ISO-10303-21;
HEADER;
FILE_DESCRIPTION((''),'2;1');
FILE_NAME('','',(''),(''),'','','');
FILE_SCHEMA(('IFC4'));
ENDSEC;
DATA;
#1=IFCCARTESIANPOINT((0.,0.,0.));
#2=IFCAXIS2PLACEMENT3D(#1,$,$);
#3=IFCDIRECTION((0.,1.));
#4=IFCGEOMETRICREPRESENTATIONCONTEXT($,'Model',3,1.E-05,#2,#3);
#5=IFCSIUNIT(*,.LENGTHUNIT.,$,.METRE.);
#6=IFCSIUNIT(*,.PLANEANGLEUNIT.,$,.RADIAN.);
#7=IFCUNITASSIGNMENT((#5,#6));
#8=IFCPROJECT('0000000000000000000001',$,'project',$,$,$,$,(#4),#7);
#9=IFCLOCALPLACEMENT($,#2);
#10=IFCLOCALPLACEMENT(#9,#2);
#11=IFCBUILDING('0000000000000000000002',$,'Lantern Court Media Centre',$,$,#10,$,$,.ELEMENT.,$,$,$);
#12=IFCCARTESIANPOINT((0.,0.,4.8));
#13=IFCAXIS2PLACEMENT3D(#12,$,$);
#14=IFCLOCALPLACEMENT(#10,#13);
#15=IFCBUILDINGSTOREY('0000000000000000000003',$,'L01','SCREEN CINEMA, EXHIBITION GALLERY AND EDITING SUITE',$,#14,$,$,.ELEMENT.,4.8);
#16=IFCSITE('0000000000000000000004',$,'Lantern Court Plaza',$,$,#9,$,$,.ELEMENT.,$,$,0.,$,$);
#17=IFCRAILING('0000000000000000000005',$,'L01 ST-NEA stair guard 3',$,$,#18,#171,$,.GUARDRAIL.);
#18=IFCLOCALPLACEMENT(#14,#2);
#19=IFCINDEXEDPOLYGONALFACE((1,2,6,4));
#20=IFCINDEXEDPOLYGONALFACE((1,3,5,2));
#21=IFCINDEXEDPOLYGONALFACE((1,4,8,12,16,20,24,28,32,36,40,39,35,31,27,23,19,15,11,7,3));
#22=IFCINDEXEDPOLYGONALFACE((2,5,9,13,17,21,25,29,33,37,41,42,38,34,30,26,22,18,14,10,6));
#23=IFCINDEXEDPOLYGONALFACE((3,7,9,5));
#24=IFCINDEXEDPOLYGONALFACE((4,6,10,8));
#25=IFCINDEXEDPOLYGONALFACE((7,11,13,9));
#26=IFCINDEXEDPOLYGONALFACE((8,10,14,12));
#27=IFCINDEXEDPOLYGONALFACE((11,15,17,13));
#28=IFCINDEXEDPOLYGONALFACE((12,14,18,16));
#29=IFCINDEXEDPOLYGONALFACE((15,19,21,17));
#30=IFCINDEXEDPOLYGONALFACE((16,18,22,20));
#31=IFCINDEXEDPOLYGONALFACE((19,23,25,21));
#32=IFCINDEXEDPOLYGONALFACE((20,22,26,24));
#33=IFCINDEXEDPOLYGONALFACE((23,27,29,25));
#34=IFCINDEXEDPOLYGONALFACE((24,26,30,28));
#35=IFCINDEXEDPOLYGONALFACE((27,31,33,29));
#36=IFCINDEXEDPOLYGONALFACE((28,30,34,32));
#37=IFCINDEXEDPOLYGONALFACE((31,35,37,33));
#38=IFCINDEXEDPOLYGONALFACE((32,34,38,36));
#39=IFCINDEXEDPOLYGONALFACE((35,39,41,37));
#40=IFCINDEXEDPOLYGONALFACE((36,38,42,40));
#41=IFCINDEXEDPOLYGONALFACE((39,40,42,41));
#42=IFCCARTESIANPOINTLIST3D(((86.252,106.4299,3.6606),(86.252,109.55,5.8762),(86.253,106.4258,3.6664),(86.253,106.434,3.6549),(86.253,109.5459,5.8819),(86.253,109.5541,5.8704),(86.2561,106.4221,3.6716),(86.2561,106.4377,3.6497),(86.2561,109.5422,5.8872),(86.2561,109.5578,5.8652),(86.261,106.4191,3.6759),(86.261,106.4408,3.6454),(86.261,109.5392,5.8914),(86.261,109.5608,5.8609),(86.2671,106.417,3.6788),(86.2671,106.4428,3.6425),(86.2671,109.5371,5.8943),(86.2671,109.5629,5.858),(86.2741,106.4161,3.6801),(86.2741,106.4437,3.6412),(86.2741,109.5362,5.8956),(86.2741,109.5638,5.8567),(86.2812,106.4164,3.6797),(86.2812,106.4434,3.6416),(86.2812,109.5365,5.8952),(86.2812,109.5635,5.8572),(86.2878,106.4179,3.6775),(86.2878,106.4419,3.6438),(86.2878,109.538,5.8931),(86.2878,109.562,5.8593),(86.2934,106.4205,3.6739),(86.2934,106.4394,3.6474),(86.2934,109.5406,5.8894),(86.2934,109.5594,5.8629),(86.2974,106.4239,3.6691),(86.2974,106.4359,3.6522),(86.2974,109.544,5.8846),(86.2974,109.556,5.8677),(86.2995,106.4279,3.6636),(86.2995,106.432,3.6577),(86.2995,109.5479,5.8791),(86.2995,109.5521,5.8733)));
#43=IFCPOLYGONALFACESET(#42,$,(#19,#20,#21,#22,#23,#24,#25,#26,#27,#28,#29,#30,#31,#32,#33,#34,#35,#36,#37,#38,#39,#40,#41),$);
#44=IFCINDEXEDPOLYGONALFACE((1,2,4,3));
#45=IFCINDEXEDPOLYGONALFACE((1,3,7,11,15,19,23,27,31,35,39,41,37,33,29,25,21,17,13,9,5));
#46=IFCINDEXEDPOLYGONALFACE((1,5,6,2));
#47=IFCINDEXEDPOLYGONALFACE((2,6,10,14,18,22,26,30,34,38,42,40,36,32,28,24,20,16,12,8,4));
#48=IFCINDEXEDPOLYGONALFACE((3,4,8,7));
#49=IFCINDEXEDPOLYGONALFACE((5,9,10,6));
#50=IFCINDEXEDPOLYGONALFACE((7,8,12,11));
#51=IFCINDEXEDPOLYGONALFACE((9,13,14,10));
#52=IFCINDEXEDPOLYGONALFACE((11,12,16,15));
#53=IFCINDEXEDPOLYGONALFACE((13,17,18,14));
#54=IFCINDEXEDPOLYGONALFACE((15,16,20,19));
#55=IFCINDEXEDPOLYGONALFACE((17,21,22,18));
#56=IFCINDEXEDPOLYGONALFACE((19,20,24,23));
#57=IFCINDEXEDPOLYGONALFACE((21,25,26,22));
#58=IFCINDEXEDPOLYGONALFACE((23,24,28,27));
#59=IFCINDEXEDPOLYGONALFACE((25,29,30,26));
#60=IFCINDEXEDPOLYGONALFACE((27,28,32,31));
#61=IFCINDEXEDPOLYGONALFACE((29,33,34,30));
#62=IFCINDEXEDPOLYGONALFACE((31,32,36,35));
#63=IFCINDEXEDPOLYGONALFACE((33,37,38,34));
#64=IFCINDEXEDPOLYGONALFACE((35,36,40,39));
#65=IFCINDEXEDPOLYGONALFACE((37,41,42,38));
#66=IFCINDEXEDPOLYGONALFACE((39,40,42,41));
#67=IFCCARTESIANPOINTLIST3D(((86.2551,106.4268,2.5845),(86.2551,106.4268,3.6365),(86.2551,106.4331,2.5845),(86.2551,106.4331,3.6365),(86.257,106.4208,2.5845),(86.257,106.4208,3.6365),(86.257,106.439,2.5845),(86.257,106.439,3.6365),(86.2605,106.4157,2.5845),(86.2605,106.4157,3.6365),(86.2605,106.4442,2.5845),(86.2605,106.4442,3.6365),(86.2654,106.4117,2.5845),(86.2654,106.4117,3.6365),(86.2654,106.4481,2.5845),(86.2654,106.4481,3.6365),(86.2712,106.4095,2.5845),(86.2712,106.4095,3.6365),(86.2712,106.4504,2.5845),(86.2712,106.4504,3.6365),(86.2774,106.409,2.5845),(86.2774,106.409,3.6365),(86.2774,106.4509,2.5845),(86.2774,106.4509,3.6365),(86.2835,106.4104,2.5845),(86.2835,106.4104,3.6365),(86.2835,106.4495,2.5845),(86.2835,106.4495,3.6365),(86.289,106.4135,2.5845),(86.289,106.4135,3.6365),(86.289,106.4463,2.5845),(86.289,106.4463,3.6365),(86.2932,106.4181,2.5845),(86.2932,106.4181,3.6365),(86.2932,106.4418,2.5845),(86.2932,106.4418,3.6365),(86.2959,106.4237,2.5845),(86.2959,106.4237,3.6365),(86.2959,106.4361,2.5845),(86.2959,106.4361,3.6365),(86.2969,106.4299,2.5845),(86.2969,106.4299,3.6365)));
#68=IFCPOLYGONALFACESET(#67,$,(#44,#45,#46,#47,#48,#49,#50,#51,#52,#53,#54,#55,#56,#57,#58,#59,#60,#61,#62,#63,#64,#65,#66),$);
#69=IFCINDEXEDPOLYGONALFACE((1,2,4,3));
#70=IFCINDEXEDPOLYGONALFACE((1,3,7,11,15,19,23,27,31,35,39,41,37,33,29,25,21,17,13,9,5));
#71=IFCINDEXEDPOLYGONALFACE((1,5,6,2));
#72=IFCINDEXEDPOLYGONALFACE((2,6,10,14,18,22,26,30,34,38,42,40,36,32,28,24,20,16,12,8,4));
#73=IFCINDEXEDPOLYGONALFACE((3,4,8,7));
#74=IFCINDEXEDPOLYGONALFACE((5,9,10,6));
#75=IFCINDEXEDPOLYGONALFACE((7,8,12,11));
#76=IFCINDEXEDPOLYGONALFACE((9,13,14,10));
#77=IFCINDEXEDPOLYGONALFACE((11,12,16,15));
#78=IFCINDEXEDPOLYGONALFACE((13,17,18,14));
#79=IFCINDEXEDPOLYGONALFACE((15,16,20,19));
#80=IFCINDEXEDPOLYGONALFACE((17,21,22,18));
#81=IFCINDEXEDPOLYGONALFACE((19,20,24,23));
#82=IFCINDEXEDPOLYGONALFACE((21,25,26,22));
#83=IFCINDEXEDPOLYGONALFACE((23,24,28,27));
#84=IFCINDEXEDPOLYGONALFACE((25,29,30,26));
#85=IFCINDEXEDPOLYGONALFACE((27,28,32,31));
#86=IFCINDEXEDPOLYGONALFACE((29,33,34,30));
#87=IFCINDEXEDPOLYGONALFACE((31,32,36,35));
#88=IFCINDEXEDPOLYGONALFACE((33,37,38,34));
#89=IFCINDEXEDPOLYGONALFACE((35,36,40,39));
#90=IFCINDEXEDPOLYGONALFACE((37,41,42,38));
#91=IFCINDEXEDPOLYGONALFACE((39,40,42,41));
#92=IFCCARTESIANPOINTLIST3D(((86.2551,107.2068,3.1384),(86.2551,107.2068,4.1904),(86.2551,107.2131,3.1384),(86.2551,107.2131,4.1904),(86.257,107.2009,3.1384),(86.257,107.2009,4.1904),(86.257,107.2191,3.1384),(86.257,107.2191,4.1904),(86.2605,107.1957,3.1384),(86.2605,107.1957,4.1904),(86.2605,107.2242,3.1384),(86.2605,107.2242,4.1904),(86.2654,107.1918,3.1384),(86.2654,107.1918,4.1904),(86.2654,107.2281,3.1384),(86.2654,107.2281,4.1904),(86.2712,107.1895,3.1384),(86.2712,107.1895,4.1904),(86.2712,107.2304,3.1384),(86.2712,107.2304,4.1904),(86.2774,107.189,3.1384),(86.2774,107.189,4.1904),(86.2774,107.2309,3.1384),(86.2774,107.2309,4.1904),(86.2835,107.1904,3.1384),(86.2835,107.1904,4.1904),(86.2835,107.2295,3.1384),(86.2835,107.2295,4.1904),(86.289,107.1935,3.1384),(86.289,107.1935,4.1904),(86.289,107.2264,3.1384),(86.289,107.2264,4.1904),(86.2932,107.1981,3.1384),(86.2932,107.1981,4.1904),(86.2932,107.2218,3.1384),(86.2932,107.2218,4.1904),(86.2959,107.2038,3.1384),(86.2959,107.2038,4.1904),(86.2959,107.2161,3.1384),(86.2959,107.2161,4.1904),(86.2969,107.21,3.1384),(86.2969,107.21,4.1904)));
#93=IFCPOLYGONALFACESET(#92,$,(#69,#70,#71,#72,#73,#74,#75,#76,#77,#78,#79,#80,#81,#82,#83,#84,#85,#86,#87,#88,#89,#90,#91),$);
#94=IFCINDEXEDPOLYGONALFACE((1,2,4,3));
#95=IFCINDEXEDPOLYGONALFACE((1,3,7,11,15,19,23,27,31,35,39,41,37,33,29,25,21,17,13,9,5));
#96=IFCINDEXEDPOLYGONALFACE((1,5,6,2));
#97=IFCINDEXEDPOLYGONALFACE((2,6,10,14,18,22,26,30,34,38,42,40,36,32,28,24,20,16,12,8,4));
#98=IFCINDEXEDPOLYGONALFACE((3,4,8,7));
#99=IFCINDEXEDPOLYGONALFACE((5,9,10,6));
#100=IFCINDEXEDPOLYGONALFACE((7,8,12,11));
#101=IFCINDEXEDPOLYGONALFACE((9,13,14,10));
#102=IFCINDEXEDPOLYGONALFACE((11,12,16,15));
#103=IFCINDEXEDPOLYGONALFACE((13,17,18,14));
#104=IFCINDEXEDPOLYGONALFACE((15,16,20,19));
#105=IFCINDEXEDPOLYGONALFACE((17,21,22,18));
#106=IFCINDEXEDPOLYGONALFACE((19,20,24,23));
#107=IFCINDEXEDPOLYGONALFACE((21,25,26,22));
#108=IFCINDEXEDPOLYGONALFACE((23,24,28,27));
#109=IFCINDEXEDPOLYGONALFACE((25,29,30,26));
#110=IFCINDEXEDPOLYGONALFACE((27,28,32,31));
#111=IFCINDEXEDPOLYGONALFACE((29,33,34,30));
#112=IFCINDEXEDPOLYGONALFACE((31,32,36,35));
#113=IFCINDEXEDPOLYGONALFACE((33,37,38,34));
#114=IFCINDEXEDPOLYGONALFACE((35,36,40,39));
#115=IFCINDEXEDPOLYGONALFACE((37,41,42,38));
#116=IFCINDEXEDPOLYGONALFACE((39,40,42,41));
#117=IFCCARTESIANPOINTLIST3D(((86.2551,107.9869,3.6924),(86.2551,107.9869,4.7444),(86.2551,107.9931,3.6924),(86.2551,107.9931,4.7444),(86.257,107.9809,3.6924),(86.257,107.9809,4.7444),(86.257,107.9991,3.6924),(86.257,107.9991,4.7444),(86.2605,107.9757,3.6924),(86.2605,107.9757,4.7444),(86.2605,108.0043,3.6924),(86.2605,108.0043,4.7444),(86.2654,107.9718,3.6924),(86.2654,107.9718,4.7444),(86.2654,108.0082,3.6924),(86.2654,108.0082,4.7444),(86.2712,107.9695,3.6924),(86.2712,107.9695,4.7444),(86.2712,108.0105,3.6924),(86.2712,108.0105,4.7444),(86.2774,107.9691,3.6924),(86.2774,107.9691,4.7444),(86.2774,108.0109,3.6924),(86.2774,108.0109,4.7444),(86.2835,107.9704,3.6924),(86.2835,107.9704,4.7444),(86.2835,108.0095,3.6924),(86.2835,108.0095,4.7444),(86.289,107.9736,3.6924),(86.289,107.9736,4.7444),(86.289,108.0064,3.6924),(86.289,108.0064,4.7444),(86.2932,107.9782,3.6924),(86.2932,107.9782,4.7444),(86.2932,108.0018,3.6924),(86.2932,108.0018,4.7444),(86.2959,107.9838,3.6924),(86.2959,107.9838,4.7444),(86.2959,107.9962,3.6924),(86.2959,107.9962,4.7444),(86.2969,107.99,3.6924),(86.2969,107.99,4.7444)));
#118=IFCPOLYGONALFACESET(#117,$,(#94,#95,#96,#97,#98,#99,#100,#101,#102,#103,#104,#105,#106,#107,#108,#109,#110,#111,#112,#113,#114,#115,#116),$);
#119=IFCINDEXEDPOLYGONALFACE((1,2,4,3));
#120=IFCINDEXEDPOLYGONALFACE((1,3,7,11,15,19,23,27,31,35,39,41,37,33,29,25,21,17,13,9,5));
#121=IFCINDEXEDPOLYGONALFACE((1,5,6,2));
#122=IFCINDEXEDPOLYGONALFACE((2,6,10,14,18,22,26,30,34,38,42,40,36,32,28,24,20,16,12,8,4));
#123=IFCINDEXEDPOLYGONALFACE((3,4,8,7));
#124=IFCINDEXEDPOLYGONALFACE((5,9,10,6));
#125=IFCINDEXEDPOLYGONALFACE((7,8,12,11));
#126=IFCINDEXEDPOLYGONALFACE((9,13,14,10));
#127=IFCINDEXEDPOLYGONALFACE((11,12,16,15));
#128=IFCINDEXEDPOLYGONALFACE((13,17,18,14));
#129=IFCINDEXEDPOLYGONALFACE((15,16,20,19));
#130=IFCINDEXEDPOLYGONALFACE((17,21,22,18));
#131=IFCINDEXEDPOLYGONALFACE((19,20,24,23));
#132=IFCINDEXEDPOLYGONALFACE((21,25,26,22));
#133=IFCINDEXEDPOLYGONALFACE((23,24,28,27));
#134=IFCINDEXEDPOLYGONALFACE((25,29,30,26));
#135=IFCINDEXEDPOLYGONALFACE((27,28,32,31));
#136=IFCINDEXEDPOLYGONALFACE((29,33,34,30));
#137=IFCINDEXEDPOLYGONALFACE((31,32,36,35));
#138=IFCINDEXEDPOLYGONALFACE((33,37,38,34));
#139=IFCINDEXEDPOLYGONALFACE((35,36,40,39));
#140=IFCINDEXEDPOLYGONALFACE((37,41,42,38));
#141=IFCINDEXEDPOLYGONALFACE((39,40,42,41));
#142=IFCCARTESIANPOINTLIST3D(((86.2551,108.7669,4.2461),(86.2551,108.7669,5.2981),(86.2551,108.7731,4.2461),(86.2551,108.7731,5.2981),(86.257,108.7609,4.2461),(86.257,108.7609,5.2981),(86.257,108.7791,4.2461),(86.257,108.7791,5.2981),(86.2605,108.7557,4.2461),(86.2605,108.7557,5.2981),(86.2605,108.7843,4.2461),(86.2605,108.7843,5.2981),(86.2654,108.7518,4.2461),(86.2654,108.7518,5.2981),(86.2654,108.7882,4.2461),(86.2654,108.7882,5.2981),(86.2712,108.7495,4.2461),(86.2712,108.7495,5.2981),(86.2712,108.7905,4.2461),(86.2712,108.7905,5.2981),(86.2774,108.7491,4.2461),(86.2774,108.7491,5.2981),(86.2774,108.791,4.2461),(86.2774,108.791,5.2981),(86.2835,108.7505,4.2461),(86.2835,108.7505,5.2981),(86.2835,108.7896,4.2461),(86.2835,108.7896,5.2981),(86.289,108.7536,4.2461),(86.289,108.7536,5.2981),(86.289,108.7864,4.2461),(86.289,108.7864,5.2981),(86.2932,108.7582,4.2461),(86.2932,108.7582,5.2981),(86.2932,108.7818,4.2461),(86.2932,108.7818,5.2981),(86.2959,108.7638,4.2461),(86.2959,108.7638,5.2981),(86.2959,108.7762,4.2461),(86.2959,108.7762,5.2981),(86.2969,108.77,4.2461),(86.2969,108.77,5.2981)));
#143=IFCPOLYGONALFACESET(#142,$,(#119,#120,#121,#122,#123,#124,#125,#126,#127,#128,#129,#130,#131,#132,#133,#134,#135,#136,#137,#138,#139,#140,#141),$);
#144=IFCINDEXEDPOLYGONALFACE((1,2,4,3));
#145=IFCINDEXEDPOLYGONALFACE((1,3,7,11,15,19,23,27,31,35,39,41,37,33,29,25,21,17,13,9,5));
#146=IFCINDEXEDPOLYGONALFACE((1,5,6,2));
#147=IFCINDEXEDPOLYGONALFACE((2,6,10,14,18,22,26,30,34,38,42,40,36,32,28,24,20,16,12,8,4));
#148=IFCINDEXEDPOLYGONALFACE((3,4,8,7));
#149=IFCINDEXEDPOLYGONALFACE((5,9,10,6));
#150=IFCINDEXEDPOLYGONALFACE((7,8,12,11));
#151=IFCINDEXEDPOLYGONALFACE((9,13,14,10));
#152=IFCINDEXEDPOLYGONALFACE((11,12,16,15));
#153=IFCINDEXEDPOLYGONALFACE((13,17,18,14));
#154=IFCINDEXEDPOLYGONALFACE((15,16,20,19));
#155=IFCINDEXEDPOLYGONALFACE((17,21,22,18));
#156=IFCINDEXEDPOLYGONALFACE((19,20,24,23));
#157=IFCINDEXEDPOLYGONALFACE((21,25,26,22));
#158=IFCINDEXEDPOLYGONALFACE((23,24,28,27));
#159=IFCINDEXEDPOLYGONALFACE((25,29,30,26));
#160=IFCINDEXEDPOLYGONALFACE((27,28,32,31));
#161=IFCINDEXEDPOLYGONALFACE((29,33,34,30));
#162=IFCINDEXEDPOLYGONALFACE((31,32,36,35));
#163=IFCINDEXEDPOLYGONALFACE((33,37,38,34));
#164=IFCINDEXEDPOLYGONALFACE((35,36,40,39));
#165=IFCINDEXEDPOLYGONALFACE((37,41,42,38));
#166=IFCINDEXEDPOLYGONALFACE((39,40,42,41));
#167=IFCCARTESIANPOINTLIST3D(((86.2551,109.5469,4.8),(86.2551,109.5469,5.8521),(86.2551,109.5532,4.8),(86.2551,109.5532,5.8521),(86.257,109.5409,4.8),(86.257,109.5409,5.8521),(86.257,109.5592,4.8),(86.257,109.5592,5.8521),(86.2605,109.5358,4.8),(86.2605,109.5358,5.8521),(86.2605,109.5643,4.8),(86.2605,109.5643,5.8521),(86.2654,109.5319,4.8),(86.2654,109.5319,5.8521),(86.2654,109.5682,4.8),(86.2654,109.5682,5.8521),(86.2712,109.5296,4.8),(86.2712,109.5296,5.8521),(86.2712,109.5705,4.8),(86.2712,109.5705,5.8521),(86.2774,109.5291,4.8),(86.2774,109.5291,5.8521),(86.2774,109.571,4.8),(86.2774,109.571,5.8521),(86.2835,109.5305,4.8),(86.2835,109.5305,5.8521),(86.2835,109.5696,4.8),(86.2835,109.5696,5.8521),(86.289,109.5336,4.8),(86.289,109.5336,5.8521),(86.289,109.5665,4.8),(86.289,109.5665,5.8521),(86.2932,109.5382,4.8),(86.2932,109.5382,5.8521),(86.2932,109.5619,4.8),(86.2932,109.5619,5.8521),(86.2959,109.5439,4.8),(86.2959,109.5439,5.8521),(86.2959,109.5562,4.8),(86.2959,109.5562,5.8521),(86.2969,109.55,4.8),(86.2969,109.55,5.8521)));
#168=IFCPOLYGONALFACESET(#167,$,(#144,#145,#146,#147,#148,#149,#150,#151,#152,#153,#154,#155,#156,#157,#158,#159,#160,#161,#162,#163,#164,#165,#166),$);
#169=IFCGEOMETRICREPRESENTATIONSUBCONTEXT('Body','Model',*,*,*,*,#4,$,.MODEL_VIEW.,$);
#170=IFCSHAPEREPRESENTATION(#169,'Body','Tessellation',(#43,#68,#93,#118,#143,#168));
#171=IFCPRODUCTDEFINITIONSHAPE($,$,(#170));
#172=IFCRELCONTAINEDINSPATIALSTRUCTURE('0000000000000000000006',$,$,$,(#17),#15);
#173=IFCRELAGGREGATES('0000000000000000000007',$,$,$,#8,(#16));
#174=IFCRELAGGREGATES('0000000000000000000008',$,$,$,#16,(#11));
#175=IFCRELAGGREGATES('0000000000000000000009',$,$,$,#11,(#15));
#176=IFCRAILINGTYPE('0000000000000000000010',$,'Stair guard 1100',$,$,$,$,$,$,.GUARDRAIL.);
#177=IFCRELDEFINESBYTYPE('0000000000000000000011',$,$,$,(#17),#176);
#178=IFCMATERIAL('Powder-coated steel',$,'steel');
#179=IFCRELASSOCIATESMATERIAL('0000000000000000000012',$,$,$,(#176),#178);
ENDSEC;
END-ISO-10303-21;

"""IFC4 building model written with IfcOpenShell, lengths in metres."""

from ifc_helpers import new_model, si_unit, direction, frame, origin, origin_2d, place, context, subcontext, project, spatial, circle, extrude, material, type_object, element, save


model = new_model("IFC4")

# Units and contexts
model_context = context("Model", 3, precision=1e-05, world=origin(), true_north=direction((0.0, 1.0)))
body_context = subcontext(model_context, "Body", "Model", "MODEL_VIEW")
ifc_project = project(units=[si_unit("LENGTHUNIT", "METRE"), si_unit("PLANEANGLEUNIT", "RADIAN")], contexts=[model_context])

# Site, building, storey
site_placement = place(None, origin())
site = spatial("IfcSite", under=ifc_project, at=site_placement, Name="Lantern Court Plaza", CompositionType="ELEMENT", RefElevation=0.0)
building_placement = place(site_placement, origin())
building = spatial("IfcBuilding", under=site, at=building_placement, Name="Lantern Court Media Centre", CompositionType="ELEMENT")
storey_placement = place(building_placement, frame((0.0, 0.0, 4.8)))
storey = spatial("IfcBuildingStorey", under=building, at=storey_placement, Name="L01", Description="SCREEN CINEMA, EXHIBITION GALLERY AND EDITING SUITE", CompositionType="ELEMENT", Elevation=4.8)

# Shared definitions
ifc_material_1 = material(Name="Powder-coated steel", Category="steel")

# Railing
railing_type_1 = type_object("IfcRailingType", Name="Stair guard 1100", PredefinedType="GUARDRAIL", material=ifc_material_1)
railing_1_placement = place(storey_placement, frame((86.2759, 106.4299, 2.5845)))
element("IfcRailing", 1, at=railing_1_placement, inside=storey, type_object=railing_type_1, Name="L01 ST-NEA stair guard 3", PredefinedType="GUARDRAIL", context=body_context, shape_type="SweptSolid", body=[
    extrude(circle(Radius=0.0239, at=origin_2d()), frame((0.0, 0.0, 1.0762), z_axis=(0.0, 0.815347, 0.578973), x_axis=(-1.0, 0.0, 0.0)), (0.0, 0.0, 1.0), 3.8267),
    extrude(circle(Radius=0.021, at=origin_2d()), origin(), (0.0, 0.0, 1.0), 1.052),
    extrude(circle(Radius=0.021, at=origin_2d()), frame((0.0, 0.78, 0.554)), (0.0, 0.0, 1.0), 1.052),
    extrude(circle(Radius=0.021, at=origin_2d()), frame((0.0, 1.5601, 1.1079)), (0.0, 0.0, 1.0), 1.052),
    extrude(circle(Radius=0.021, at=origin_2d()), frame((0.0, 2.3401, 1.6616)), (0.0, 0.0, 1.0), 1.052),
    extrude(circle(Radius=0.021, at=origin_2d()), frame((0.0, 3.1201, 2.2156)), (0.0, 0.0, 1.0), 1.052),
])

save(model, "model.ifc")
